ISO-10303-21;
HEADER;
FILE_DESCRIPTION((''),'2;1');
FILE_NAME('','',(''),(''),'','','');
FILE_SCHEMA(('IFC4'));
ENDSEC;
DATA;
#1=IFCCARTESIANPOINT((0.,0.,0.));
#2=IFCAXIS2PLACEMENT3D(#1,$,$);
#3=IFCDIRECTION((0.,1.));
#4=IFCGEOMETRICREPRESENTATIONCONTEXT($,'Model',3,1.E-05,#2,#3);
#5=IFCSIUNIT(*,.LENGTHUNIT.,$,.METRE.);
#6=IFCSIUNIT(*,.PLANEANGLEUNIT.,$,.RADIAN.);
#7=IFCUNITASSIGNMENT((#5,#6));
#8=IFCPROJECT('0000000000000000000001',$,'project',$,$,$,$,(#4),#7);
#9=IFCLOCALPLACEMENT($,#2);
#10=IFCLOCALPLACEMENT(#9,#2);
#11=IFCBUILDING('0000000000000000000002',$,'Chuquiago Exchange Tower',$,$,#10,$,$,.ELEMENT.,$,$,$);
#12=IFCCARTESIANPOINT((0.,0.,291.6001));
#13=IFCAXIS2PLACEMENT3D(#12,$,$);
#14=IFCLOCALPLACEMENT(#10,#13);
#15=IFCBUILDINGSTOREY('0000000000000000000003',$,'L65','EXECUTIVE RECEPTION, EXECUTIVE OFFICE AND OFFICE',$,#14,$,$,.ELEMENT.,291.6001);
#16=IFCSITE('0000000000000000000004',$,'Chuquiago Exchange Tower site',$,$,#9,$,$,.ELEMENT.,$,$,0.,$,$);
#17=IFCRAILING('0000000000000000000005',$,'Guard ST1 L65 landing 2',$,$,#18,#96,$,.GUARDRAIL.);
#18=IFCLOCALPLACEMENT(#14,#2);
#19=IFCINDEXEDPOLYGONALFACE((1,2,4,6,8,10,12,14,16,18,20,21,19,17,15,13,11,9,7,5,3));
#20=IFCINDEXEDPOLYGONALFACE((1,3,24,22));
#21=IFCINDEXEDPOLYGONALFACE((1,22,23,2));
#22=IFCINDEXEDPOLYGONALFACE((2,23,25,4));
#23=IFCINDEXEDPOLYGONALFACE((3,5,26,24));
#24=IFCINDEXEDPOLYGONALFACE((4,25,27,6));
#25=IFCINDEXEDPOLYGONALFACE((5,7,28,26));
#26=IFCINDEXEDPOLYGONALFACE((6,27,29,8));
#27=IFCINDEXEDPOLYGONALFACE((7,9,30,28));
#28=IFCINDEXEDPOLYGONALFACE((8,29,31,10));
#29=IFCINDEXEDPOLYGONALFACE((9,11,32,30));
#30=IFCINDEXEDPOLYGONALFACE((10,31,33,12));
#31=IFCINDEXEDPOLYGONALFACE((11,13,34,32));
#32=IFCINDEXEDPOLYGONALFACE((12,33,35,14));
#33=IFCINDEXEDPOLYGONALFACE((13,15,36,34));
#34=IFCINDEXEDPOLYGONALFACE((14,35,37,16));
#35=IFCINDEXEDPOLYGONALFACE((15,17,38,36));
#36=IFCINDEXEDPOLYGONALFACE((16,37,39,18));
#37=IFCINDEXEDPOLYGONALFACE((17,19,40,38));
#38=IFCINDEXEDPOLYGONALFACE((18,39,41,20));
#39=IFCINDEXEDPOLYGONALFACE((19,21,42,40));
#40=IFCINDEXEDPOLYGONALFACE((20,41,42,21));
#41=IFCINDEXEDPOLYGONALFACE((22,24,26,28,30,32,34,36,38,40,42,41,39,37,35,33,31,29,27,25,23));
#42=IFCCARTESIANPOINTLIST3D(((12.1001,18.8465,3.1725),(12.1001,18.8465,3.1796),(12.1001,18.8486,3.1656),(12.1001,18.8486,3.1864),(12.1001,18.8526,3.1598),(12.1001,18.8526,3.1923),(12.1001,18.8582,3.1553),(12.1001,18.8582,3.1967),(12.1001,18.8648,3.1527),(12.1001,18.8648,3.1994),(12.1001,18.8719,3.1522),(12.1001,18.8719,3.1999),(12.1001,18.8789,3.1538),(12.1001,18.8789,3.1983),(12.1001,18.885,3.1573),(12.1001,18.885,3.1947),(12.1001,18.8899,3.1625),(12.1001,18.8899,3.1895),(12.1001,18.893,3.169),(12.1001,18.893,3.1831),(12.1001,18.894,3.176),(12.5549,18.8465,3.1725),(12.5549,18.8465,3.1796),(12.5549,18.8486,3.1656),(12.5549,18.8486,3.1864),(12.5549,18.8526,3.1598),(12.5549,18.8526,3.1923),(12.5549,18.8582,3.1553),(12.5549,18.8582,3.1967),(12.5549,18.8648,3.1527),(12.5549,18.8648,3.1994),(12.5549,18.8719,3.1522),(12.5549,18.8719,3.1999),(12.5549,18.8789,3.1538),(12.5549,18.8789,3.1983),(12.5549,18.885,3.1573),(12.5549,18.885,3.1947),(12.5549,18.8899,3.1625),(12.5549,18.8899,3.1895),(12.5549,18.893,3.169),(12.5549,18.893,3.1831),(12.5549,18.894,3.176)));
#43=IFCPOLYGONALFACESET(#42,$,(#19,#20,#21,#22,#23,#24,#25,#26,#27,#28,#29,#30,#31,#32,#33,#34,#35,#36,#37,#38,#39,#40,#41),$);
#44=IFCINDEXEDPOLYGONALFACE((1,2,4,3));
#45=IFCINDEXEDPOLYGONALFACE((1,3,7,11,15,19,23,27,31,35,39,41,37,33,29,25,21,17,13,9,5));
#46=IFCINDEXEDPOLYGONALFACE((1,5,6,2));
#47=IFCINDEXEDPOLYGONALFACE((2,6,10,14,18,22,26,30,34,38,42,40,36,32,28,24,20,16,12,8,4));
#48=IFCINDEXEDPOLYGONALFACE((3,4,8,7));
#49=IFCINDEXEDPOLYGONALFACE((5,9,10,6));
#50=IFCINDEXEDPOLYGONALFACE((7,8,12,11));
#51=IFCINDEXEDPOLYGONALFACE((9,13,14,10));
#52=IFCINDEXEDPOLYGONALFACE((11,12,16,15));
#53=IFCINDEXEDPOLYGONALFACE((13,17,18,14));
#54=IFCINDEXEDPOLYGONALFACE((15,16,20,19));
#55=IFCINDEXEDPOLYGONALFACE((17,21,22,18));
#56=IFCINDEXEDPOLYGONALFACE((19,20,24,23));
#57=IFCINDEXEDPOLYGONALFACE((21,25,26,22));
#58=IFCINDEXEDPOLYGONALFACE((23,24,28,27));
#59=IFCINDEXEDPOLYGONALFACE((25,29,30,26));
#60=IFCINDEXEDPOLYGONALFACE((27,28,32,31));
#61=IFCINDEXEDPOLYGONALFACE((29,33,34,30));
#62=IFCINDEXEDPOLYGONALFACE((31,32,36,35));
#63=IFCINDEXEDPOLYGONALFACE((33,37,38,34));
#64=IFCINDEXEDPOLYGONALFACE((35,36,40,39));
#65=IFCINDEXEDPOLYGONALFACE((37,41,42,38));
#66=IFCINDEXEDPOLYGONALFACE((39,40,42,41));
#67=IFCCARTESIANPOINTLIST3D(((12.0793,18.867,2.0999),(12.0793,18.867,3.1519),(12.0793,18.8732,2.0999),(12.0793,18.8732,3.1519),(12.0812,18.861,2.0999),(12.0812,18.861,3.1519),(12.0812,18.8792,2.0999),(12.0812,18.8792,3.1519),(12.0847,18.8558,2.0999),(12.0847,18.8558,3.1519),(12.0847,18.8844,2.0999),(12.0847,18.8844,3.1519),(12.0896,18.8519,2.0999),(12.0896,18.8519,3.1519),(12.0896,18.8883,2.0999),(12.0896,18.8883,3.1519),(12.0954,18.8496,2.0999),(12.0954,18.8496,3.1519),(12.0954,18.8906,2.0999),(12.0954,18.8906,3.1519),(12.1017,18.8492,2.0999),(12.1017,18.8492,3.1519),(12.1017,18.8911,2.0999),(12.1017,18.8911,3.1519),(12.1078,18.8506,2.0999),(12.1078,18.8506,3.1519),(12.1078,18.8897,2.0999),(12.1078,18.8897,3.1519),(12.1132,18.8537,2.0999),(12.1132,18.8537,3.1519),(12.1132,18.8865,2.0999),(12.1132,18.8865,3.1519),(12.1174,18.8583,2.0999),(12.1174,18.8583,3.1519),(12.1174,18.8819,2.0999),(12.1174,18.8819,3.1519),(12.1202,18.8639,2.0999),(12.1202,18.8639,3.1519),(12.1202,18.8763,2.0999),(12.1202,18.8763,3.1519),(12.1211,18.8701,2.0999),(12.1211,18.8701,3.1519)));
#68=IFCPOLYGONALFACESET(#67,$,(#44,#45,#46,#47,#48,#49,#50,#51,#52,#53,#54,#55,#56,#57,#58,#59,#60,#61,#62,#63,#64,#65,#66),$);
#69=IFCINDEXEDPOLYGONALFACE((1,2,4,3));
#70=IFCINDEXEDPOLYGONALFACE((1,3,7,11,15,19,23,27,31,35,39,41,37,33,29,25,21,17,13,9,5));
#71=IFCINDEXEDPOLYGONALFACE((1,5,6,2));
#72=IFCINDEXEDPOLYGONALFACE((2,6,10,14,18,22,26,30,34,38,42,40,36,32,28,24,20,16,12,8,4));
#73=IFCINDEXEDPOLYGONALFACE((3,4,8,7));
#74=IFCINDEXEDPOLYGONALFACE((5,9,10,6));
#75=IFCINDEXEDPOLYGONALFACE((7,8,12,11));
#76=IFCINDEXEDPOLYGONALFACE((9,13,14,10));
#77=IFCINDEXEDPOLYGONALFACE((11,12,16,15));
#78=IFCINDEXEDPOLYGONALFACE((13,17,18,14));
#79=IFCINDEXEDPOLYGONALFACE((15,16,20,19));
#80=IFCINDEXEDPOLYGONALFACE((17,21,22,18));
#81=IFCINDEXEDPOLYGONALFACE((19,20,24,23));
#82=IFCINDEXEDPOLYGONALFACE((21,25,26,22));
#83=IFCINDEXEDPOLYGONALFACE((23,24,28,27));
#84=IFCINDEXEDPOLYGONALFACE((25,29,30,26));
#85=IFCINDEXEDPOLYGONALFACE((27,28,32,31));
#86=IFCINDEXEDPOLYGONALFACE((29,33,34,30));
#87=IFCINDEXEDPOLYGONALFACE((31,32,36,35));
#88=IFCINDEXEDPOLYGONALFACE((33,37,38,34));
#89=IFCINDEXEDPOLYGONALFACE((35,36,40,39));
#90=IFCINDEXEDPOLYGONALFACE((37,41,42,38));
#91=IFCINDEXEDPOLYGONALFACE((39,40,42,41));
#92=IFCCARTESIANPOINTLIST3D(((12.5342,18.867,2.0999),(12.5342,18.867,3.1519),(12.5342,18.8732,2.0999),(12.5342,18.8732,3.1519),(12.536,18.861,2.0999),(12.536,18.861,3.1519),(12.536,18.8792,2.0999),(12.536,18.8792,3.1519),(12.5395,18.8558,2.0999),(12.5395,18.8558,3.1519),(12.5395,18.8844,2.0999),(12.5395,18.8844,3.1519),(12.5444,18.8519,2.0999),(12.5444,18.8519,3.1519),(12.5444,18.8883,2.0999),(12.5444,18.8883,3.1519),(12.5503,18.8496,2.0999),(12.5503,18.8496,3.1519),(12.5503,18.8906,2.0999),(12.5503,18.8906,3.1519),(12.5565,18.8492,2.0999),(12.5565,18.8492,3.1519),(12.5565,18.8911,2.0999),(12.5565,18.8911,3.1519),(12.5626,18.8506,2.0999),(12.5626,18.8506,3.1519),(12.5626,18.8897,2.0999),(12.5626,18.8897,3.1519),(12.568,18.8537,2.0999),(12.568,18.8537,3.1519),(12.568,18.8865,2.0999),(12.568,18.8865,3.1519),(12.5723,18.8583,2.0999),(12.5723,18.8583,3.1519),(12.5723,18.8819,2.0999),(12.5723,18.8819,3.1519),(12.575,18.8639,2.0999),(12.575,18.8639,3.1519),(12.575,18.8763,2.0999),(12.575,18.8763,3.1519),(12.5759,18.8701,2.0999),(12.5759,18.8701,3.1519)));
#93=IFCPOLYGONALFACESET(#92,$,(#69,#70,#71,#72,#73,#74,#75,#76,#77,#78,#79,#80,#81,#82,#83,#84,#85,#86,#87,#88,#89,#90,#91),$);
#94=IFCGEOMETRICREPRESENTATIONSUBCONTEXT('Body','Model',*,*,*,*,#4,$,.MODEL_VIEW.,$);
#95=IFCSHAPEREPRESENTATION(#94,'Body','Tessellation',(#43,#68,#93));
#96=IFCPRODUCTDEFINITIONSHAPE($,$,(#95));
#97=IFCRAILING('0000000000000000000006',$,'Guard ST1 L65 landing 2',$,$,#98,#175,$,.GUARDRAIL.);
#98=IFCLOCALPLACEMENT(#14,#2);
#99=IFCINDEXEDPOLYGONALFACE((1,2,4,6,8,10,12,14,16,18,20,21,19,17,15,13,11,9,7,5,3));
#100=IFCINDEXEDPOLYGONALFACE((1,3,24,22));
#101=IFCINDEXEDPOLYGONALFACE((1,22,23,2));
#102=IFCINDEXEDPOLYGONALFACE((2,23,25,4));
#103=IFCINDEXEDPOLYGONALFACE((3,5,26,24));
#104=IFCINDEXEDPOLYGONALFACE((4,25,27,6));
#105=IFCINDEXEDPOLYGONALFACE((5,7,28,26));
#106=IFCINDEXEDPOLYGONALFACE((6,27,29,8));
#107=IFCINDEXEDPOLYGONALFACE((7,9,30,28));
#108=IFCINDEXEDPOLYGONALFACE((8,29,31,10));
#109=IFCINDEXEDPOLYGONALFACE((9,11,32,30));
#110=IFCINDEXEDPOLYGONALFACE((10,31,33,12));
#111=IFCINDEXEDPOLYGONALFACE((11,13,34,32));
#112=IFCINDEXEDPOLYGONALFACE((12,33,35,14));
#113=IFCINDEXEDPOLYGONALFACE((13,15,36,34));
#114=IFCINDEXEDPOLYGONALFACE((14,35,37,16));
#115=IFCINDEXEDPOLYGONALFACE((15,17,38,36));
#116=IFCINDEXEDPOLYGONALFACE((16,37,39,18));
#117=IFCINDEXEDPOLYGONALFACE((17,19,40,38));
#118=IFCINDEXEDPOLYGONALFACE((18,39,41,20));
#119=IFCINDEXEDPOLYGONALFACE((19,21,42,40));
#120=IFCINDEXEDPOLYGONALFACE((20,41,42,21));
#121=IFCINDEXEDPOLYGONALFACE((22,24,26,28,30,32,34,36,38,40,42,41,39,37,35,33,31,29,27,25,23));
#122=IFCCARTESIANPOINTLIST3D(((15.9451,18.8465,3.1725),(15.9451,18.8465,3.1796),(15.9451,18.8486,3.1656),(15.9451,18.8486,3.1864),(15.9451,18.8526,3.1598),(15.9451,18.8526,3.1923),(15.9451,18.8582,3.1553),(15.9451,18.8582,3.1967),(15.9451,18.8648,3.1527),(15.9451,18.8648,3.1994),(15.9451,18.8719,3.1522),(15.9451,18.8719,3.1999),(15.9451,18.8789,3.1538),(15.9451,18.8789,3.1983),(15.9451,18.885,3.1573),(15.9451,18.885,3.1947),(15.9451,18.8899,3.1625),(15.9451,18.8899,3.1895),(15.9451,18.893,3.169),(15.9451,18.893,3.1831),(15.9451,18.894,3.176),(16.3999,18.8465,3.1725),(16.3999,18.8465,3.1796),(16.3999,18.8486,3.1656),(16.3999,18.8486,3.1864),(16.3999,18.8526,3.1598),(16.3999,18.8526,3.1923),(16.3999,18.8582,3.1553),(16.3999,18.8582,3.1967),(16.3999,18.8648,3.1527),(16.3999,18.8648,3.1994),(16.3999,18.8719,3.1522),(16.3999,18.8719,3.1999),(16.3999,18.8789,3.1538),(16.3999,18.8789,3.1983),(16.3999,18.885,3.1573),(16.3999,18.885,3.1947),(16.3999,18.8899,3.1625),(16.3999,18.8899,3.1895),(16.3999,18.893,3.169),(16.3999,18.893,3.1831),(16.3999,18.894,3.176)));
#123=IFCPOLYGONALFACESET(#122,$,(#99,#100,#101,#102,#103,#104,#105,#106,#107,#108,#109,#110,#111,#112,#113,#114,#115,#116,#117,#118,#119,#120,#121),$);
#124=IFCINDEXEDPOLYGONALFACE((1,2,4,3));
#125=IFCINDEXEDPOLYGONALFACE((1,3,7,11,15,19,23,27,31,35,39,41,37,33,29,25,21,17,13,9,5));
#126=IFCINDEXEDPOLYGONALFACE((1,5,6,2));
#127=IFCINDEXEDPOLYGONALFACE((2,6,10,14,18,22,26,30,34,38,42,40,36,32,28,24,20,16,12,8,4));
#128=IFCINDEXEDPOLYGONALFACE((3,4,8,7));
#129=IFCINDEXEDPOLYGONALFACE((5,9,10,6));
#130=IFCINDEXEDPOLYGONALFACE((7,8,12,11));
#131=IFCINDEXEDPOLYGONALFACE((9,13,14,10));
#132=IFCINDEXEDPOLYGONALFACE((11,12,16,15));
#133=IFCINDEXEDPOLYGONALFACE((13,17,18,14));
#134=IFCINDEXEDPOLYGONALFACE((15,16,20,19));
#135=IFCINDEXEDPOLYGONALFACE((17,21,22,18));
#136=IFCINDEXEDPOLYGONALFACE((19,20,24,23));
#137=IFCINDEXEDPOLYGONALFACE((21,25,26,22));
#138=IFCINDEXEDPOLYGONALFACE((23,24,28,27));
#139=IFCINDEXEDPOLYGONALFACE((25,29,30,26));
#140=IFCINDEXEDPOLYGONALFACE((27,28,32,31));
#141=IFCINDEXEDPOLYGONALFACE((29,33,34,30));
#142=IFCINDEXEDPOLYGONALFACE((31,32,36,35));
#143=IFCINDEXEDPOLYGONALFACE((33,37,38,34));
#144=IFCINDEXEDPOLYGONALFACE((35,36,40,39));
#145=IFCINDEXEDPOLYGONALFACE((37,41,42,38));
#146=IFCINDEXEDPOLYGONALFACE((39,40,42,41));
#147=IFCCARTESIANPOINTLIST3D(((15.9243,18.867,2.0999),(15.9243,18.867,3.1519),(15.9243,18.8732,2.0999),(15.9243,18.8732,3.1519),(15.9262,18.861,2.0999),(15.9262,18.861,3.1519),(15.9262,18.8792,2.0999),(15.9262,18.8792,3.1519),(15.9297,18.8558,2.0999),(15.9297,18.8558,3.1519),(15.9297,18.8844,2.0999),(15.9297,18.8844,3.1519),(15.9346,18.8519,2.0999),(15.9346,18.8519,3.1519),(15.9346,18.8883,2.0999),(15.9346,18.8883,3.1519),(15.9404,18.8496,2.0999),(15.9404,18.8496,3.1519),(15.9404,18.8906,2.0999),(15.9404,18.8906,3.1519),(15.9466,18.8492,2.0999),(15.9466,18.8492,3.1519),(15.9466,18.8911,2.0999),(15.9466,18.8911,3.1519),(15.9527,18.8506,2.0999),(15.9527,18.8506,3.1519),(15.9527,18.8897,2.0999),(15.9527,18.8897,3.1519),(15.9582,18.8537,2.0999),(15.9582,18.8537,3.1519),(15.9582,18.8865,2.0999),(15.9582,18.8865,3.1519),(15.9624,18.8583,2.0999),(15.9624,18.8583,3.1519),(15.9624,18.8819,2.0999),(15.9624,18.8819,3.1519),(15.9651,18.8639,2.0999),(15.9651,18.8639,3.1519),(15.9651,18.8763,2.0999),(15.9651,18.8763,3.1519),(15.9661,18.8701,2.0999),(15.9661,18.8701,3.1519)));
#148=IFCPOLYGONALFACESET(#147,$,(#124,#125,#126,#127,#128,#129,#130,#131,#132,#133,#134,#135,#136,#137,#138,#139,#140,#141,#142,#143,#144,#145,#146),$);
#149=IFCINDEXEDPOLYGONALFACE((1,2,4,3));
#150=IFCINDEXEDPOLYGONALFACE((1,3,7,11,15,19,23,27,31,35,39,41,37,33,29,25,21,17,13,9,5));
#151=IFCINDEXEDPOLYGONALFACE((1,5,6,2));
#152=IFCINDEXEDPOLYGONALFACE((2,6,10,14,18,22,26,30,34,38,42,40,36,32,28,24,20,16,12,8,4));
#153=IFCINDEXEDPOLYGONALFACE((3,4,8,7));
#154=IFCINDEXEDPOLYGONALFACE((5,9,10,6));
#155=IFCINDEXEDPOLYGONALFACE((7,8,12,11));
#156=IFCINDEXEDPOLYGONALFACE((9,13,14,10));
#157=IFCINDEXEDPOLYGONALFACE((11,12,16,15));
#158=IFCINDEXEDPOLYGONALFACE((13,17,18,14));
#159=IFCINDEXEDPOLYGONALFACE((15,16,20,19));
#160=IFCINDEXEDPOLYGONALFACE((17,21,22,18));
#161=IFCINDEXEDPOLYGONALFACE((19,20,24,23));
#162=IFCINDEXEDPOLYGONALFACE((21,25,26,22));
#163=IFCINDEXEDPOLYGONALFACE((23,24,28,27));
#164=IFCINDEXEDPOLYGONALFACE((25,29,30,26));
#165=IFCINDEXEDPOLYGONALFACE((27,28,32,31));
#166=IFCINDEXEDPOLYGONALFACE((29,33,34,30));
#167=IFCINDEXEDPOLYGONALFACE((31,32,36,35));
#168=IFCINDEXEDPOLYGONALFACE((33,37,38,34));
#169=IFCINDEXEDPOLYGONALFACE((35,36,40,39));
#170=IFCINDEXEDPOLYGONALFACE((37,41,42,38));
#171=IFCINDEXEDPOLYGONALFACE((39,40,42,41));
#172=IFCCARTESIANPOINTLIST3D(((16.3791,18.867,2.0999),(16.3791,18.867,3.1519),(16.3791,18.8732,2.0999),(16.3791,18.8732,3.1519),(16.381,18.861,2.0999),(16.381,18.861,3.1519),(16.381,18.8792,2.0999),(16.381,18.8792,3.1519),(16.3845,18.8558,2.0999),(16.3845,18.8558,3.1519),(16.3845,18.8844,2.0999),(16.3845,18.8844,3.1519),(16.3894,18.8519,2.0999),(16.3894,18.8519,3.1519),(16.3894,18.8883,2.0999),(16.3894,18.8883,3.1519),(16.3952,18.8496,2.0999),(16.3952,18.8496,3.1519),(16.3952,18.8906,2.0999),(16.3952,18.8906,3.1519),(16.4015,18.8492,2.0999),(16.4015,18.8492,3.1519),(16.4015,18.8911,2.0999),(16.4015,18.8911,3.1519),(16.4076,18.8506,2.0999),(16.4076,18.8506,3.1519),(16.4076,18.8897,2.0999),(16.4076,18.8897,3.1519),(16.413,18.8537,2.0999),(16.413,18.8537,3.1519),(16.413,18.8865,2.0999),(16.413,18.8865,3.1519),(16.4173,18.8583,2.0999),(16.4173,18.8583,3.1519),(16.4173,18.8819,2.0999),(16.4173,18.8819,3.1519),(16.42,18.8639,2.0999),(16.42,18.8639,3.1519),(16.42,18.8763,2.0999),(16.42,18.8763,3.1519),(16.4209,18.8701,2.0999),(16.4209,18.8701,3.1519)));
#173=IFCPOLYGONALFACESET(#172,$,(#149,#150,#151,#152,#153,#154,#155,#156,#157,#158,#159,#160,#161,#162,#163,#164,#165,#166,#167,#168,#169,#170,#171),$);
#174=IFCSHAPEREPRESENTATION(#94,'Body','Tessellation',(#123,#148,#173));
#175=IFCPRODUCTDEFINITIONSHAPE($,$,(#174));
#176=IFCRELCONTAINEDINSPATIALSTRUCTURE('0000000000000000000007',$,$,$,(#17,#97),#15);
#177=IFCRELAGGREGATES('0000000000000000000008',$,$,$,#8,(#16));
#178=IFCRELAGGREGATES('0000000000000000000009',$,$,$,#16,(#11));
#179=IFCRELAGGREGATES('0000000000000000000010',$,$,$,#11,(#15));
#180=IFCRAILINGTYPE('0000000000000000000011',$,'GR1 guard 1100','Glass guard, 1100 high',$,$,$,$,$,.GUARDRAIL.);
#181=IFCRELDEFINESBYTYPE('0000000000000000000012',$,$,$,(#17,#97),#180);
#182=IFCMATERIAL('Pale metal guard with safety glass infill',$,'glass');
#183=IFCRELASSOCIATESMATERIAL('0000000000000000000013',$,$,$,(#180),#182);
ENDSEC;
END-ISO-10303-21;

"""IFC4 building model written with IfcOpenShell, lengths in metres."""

from ifc_helpers import new_model, si_unit, direction, frame, origin, origin_2d, place, context, subcontext, project, spatial, circle, extrude, material, type_object, element, save


model = new_model("IFC4")

# Units and contexts
model_context = context("Model", 3, precision=1e-05, world=origin(), true_north=direction((0.0, 1.0)))
body_context = subcontext(model_context, "Body", "Model", "MODEL_VIEW")
ifc_project = project(units=[si_unit("LENGTHUNIT", "METRE"), si_unit("PLANEANGLEUNIT", "RADIAN")], contexts=[model_context])

# Site, building, storey
site_placement = place(None, origin())
site = spatial("IfcSite", under=ifc_project, at=site_placement, Name="Chuquiago Exchange Tower site", CompositionType="ELEMENT", RefElevation=0.0)
building_placement = place(site_placement, origin())
building = spatial("IfcBuilding", under=site, at=building_placement, Name="Chuquiago Exchange Tower", CompositionType="ELEMENT")
storey_placement = place(building_placement, frame((0.0, 0.0, 291.6001)))
storey = spatial("IfcBuildingStorey", under=building, at=storey_placement, Name="L65", Description="EXECUTIVE RECEPTION, EXECUTIVE OFFICE AND OFFICE", CompositionType="ELEMENT", Elevation=291.6001)

# Railings
ifc_material_1 = material(Name="Pale metal guard with safety glass infill", Category="glass")
railing_type_1 = type_object("IfcRailingType", Name="GR1 guard 1100", Description="Glass guard, 1100 high", PredefinedType="GUARDRAIL", material=ifc_material_1)
for number, where, name in (
    (1, (12.1001, 18.8701, 2.0999), "Guard ST1 L65 landing 2"),
    (2, (15.9451, 18.8701, 2.0999), "Guard ST1 L65 landing 2"),
):
    element("IfcRailing", number, at=place(storey_placement, frame(where)), inside=storey, type_object=railing_type_1, Name=name, PredefinedType="GUARDRAIL", context=body_context, shape_type="SweptSolid", body=[
        extrude(circle(Radius=0.0239, at=origin_2d()), frame((0.0, 0.0, 1.0762), z_axis=(1.0, 0.0, 0.0), x_axis=(0.0, 1.0, 0.0)), (0.0, 0.0, 1.0), 0.4548),
        extrude(circle(Radius=0.021, at=origin_2d()), origin(), (0.0, 0.0, 1.0), 1.052),
        extrude(circle(Radius=0.021, at=origin_2d()), frame((0.4548, 0.0, 0.0)), (0.0, 0.0, 1.0), 1.052),
    ])

save(model, "model.ifc")
